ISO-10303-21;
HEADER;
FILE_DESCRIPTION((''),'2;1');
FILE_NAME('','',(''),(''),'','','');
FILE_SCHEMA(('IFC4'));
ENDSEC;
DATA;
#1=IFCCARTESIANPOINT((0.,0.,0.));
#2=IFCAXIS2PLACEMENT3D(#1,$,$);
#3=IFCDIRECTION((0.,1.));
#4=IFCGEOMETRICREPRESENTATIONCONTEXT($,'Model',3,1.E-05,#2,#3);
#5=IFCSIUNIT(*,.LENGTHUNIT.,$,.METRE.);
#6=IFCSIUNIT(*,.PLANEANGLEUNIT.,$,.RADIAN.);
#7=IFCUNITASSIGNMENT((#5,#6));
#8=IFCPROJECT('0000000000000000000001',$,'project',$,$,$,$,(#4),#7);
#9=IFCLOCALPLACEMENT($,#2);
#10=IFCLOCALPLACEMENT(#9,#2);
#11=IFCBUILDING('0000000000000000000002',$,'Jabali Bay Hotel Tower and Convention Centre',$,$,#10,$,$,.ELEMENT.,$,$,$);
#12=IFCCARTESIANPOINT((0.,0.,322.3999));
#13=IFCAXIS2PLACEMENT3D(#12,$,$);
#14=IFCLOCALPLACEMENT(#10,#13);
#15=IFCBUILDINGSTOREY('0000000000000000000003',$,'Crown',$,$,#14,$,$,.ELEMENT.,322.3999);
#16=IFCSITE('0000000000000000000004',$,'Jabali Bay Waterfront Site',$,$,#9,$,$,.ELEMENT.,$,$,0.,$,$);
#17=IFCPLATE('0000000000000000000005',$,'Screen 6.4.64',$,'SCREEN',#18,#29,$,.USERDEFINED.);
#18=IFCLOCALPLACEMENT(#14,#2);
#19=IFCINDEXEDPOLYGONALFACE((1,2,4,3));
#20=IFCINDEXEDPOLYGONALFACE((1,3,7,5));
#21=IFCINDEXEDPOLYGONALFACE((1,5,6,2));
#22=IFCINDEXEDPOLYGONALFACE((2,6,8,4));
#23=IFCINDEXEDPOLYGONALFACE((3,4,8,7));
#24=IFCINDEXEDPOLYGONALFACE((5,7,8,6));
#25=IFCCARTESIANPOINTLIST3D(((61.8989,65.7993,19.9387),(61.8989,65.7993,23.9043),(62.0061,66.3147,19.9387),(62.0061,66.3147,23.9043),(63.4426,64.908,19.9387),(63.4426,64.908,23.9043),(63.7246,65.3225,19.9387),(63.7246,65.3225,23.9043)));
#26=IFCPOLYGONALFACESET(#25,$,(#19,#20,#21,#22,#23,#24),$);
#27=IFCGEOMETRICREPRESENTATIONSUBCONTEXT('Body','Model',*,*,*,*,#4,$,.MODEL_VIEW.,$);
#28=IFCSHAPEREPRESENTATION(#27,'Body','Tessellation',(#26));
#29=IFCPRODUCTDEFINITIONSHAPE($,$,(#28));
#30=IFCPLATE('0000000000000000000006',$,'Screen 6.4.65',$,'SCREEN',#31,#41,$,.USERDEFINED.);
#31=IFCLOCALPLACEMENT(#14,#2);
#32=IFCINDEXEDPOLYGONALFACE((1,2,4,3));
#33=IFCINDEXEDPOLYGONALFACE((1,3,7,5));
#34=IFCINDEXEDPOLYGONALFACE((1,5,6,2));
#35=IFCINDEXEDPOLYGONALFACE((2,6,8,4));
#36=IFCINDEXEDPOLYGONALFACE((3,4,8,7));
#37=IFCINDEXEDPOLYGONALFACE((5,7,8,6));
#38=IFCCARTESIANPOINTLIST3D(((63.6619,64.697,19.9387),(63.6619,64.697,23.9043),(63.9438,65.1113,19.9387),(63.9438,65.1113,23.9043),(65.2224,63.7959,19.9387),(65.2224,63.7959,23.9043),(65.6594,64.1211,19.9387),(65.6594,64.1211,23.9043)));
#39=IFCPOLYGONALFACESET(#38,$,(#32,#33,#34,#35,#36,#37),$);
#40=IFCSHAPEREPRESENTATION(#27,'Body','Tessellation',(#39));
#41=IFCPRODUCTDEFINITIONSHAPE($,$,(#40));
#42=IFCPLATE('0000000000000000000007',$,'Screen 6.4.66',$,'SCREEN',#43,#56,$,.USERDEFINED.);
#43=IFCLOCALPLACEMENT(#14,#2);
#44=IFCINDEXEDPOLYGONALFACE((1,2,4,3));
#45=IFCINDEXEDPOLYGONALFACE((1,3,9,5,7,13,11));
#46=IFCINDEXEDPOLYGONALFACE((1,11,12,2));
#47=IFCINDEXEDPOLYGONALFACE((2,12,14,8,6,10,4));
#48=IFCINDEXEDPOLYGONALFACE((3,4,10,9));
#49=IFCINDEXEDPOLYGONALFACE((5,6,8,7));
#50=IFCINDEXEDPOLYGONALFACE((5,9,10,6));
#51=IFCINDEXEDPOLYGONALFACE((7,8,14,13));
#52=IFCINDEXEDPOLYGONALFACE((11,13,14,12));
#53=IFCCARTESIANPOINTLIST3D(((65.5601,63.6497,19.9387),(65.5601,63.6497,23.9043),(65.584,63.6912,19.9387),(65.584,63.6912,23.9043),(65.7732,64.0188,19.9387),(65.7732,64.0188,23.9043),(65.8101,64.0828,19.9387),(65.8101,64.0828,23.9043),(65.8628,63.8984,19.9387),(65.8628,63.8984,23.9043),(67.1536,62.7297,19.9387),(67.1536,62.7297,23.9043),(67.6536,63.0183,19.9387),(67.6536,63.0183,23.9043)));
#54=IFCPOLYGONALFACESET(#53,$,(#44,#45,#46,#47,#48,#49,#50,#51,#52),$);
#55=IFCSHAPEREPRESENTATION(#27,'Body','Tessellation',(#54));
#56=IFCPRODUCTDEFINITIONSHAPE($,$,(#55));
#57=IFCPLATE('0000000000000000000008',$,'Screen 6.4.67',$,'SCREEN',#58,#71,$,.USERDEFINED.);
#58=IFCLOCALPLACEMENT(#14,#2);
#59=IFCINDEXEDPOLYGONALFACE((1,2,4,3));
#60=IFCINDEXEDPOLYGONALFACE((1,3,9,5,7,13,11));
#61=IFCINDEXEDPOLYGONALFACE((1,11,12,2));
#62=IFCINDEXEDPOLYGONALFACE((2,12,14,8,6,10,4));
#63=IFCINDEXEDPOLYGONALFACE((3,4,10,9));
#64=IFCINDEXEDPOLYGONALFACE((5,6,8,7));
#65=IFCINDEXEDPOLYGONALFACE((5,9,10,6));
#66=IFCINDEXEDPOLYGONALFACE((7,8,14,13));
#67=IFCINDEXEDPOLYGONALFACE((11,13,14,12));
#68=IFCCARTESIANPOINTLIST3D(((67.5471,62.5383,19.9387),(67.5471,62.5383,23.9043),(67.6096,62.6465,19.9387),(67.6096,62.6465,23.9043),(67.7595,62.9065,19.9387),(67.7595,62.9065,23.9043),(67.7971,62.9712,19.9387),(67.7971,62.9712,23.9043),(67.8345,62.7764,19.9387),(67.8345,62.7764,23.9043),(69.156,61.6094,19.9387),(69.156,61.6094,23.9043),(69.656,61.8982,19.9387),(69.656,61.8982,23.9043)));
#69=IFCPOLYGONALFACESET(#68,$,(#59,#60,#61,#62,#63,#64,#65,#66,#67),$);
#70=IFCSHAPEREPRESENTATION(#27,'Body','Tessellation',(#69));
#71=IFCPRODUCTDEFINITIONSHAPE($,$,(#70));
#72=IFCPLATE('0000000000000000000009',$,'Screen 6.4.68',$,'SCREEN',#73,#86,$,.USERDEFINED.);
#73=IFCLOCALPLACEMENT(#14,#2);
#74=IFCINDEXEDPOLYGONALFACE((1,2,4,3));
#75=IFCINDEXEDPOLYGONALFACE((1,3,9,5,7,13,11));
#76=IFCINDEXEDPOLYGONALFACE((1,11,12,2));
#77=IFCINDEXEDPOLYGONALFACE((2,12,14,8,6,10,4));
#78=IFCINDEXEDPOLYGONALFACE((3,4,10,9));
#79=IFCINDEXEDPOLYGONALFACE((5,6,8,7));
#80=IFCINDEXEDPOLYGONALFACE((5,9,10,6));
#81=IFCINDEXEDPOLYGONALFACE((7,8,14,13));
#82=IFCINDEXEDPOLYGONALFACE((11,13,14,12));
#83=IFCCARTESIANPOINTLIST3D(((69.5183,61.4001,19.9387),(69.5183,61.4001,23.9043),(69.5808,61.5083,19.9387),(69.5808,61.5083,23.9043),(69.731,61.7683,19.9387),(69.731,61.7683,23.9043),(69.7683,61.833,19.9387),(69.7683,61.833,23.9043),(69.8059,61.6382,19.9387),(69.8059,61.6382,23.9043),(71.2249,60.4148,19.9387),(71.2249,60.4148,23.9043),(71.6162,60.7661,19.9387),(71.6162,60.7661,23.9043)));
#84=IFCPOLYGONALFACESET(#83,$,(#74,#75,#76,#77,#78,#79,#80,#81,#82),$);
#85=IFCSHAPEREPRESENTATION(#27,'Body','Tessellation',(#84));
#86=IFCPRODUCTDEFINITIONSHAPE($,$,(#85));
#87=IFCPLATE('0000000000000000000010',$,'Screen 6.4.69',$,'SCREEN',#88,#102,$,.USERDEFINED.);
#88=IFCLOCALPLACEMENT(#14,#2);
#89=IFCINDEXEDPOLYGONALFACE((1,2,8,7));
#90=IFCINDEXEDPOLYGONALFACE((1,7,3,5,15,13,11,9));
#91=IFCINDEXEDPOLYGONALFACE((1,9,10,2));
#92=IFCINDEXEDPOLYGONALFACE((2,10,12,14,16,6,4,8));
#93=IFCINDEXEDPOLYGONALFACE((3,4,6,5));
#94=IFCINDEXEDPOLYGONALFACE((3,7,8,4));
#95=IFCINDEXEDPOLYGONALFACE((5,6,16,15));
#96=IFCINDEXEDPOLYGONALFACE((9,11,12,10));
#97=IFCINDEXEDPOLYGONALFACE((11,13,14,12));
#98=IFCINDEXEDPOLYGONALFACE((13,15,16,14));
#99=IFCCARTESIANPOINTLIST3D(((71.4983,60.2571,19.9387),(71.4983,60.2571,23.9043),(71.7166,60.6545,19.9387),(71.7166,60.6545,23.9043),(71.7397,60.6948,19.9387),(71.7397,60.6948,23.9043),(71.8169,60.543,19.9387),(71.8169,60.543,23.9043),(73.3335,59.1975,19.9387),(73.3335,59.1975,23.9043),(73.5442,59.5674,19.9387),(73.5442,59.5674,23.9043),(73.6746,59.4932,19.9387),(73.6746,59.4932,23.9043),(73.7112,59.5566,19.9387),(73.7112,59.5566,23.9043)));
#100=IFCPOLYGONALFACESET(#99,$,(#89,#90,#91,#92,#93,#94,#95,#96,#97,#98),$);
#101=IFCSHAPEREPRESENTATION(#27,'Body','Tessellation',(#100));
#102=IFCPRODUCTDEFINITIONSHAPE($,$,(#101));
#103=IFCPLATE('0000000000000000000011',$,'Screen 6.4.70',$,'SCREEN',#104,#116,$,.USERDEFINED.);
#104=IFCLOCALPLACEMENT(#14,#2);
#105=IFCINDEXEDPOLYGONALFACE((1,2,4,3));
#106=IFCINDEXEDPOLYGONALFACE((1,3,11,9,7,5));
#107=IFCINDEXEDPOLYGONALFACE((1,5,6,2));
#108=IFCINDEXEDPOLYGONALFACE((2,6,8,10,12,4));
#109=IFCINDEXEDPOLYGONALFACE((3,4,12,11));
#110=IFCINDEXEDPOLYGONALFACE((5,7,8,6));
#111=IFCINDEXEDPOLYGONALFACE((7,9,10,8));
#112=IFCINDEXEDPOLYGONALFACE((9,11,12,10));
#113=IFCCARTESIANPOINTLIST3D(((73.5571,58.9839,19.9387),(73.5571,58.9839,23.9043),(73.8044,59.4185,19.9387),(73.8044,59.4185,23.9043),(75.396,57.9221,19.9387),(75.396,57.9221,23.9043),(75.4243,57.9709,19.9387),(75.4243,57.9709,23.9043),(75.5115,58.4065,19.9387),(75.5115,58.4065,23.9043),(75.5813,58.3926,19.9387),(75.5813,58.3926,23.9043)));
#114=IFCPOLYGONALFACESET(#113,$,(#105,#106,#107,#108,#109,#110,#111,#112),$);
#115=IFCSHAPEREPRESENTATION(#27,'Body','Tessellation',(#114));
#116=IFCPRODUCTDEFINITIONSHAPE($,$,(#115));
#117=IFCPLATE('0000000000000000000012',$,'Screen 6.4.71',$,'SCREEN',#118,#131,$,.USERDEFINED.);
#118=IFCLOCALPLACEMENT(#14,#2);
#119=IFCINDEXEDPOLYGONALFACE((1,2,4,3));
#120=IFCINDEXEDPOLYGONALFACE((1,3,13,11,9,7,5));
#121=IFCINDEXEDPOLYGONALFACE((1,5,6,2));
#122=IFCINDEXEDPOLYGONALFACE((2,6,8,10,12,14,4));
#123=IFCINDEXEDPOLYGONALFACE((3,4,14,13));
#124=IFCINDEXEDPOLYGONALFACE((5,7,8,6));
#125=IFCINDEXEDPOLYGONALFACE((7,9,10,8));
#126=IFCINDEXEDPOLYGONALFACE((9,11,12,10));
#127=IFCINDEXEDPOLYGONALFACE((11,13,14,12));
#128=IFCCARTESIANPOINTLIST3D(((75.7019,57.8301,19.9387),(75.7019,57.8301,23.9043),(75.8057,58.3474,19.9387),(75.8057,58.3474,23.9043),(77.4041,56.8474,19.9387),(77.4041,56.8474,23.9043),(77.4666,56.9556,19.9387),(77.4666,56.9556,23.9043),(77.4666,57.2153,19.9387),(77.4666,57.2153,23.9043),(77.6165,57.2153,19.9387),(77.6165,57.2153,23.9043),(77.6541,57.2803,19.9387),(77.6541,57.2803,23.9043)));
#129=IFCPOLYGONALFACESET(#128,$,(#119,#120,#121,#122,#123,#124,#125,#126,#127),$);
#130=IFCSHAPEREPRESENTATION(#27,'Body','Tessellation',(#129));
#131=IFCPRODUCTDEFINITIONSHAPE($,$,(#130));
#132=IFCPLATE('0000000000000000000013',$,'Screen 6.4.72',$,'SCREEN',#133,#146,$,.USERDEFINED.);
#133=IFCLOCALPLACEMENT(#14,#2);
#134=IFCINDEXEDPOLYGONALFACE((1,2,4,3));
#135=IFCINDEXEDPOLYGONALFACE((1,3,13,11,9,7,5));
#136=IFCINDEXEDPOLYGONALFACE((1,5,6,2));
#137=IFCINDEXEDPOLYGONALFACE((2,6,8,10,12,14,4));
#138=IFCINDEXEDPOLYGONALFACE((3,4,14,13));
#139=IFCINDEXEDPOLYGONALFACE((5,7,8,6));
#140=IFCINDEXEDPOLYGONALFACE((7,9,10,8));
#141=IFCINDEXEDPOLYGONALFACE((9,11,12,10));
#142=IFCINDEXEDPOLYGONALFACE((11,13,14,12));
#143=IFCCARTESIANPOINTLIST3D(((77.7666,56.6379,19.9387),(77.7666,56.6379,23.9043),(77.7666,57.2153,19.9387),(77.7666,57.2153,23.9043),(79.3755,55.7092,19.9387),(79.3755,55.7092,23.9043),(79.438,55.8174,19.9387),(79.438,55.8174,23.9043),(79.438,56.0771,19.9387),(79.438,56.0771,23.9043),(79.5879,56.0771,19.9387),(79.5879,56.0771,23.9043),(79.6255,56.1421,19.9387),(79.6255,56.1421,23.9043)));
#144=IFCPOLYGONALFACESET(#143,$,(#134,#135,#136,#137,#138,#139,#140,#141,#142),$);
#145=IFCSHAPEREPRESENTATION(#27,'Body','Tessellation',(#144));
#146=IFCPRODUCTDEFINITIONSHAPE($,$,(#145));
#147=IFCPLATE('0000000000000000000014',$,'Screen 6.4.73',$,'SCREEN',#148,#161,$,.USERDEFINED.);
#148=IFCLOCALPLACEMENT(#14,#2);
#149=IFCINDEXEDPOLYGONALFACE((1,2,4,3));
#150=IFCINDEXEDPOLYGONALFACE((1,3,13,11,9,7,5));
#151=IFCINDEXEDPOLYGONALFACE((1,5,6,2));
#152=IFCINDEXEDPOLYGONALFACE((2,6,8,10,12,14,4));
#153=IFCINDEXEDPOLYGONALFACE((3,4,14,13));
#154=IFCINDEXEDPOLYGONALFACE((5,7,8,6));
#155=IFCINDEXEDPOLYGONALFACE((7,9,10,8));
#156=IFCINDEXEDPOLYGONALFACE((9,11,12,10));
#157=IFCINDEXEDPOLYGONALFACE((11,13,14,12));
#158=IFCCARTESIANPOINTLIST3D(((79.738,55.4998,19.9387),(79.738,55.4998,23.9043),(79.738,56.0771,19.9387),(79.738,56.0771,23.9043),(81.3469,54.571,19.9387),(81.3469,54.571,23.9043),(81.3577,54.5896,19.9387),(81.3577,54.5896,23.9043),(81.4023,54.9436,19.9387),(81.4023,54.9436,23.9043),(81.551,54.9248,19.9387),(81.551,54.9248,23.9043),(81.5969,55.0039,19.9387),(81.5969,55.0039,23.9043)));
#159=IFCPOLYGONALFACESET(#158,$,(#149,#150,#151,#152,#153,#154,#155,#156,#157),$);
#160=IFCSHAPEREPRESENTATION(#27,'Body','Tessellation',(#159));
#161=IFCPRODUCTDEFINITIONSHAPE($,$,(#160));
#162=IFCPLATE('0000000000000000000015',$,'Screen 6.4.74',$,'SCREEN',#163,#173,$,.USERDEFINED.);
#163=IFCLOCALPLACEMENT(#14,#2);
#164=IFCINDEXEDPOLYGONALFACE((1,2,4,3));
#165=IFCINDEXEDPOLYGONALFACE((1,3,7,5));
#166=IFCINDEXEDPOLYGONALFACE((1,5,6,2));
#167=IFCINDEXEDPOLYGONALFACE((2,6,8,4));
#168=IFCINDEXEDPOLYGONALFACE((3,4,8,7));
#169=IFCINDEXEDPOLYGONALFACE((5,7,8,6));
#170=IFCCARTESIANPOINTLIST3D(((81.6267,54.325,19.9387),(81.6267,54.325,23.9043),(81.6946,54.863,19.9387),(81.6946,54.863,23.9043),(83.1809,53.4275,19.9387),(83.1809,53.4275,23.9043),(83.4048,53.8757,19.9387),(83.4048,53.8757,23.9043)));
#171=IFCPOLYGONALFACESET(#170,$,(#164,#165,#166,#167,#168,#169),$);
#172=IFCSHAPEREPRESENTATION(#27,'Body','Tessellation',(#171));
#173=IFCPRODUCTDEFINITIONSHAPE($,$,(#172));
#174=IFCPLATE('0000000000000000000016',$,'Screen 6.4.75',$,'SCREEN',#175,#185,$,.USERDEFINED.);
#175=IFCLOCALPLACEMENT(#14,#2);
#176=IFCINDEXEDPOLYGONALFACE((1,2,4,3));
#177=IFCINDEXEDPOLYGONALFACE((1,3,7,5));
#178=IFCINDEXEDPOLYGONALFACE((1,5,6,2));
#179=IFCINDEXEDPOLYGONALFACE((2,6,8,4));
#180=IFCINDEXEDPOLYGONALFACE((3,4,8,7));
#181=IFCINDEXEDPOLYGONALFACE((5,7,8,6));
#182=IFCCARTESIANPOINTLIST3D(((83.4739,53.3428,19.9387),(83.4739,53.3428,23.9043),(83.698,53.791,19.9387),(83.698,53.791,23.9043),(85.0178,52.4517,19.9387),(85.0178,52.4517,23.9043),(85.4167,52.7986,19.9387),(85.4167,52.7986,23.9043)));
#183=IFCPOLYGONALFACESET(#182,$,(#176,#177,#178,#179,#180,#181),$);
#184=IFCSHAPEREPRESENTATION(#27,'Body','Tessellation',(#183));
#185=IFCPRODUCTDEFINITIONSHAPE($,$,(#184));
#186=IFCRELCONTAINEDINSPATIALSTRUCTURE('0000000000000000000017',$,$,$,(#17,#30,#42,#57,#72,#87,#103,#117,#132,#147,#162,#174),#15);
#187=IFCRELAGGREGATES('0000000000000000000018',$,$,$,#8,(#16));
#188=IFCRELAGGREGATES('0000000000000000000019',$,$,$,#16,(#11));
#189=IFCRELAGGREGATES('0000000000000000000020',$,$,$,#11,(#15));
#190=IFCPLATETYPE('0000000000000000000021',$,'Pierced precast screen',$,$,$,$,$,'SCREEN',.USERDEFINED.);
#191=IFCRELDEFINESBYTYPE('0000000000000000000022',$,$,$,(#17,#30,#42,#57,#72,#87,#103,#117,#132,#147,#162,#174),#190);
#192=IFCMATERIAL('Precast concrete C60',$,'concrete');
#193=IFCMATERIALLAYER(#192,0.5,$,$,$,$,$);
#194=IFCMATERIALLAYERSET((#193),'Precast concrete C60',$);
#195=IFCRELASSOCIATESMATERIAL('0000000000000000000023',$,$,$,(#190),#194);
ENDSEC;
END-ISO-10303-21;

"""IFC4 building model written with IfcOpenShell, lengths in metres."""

from ifc_helpers import new_model, si_unit, direction, frame, origin, place, context, subcontext, project, spatial, polyline, outline, extrude, material, layer, layer_set, type_object, element, save


model = new_model("IFC4")

# Units and contexts
model_context = context("Model", 3, precision=1e-05, world=origin(), true_north=direction((0.0, 1.0)))
body_context = subcontext(model_context, "Body", "Model", "MODEL_VIEW")
ifc_project = project(units=[si_unit("LENGTHUNIT", "METRE"), si_unit("PLANEANGLEUNIT", "RADIAN")], contexts=[model_context])

# Site, building, storey
site_placement = place(None, origin())
site = spatial("IfcSite", under=ifc_project, at=site_placement, Name="Jabali Bay Waterfront Site", CompositionType="ELEMENT", RefElevation=0.0)
building_placement = place(site_placement, origin())
building = spatial("IfcBuilding", under=site, at=building_placement, Name="Jabali Bay Hotel Tower and Convention Centre", CompositionType="ELEMENT")
storey_placement = place(building_placement, frame((0.0, 0.0, 322.3999)))
storey = spatial("IfcBuildingStorey", under=building, at=storey_placement, Name="Crown", CompositionType="ELEMENT", Elevation=322.3999)

# Plates
ifc_material = material(Name="Precast concrete C60", Category="concrete")
ifc_layer = layer(ifc_material, 0.5)
ifc_layer_set = layer_set([ifc_layer], Name="Precast concrete C60")
plate_type = type_object("IfcPlateType", Name="Pierced precast screen", ElementType="SCREEN", PredefinedType="USERDEFINED", material=ifc_layer_set)
plate_1_placement = place(storey_placement, frame((0.0, 0.0, 19.9387)))
element("IfcPlate", 1, at=plate_1_placement, inside=storey, type_object=plate_type, Name="Screen 6.4.64", ObjectType="SCREEN", PredefinedType="USERDEFINED", context=body_context, shape_type="SweptSolid", body=[
    extrude(outline(polyline([(63.7246, 65.3225), (62.0061, 66.3147), (61.8989, 65.7993), (63.4426, 64.908), (63.7246, 65.3225)])), origin(), (0.0, 0.0, 1.0), 3.9656),
])
plate_2_placement = place(storey_placement, frame((0.0, 0.0, 19.9387)))
element("IfcPlate", 2, at=plate_2_placement, inside=storey, type_object=plate_type, Name="Screen 6.4.65", ObjectType="SCREEN", PredefinedType="USERDEFINED", context=body_context, shape_type="SweptSolid", body=[
    extrude(outline(polyline([(65.6594, 64.1211), (63.9438, 65.1113), (63.6619, 64.697), (65.2224, 63.7959), (65.6594, 64.1211)])), origin(), (0.0, 0.0, 1.0), 3.9656),
])
plate_3_placement = place(storey_placement, frame((0.0, 0.0, 19.9387)))
element("IfcPlate", 3, at=plate_3_placement, inside=storey, type_object=plate_type, Name="Screen 6.4.66", ObjectType="SCREEN", PredefinedType="USERDEFINED", context=body_context, shape_type="SweptSolid", body=[
    extrude(outline(polyline([(67.6536, 63.0183), (65.8101, 64.0828), (65.7732, 64.0188), (65.8628, 63.8984), (65.584, 63.6912), (65.5601, 63.6497), (67.1536, 62.7297), (67.6536, 63.0183)])), origin(), (0.0, 0.0, 1.0), 3.9656),
])
plate_4_placement = place(storey_placement, frame((0.0, 0.0, 19.9387)))
element("IfcPlate", 4, at=plate_4_placement, inside=storey, type_object=plate_type, Name="Screen 6.4.67", ObjectType="SCREEN", PredefinedType="USERDEFINED", context=body_context, shape_type="SweptSolid", body=[
    extrude(outline(polyline([(69.656, 61.8982), (67.7971, 62.9712), (67.7595, 62.9065), (67.8345, 62.7764), (67.6096, 62.6465), (67.5471, 62.5383), (69.156, 61.6094), (69.656, 61.8982)])), origin(), (0.0, 0.0, 1.0), 3.9656),
])
plate_5_placement = place(storey_placement, frame((0.0, 0.0, 19.9387)))
element("IfcPlate", 5, at=plate_5_placement, inside=storey, type_object=plate_type, Name="Screen 6.4.68", ObjectType="SCREEN", PredefinedType="USERDEFINED", context=body_context, shape_type="SweptSolid", body=[
    extrude(outline(polyline([(71.6162, 60.7661), (69.7683, 61.833), (69.731, 61.7683), (69.8059, 61.6382), (69.5808, 61.5083), (69.5183, 61.4001), (71.2249, 60.4148), (71.6162, 60.7661)])), origin(), (0.0, 0.0, 1.0), 3.9656),
])
plate_6_placement = place(storey_placement, frame((0.0, 0.0, 19.9387)))
element("IfcPlate", 6, at=plate_6_placement, inside=storey, type_object=plate_type, Name="Screen 6.4.69", ObjectType="SCREEN", PredefinedType="USERDEFINED", context=body_context, shape_type="SweptSolid", body=[
    extrude(outline(polyline([(73.7112, 59.5566), (71.7397, 60.6948), (71.7166, 60.6545), (71.8169, 60.543), (71.4983, 60.2571), (73.3335, 59.1975), (73.5442, 59.5674), (73.6746, 59.4932), (73.7112, 59.5566)])), origin(), (0.0, 0.0, 1.0), 3.9656),
])
plate_7_placement = place(storey_placement, frame((0.0, 0.0, 19.9387)))
element("IfcPlate", 7, at=plate_7_placement, inside=storey, type_object=plate_type, Name="Screen 6.4.70", ObjectType="SCREEN", PredefinedType="USERDEFINED", context=body_context, shape_type="SweptSolid", body=[
    extrude(outline(polyline([(75.5813, 58.3926), (73.8044, 59.4185), (73.5571, 58.9839), (75.396, 57.9221), (75.4243, 57.9709), (75.5115, 58.4065), (75.5813, 58.3926)])), origin(), (0.0, 0.0, 1.0), 3.9656),
])
plate_8_placement = place(storey_placement, frame((0.0, 0.0, 19.9387)))
element("IfcPlate", 8, at=plate_8_placement, inside=storey, type_object=plate_type, Name="Screen 6.4.71", ObjectType="SCREEN", PredefinedType="USERDEFINED", context=body_context, shape_type="SweptSolid", body=[
    extrude(outline(polyline([(77.6541, 57.2803), (75.8057, 58.3474), (75.7019, 57.8301), (77.4041, 56.8474), (77.4666, 56.9556), (77.4666, 57.2153), (77.6165, 57.2153), (77.6541, 57.2803)])), origin(), (0.0, 0.0, 1.0), 3.9656),
])
plate_9_placement = place(storey_placement, frame((0.0, 0.0, 19.9387)))
element("IfcPlate", 9, at=plate_9_placement, inside=storey, type_object=plate_type, Name="Screen 6.4.72", ObjectType="SCREEN", PredefinedType="USERDEFINED", context=body_context, shape_type="SweptSolid", body=[
    extrude(outline(polyline([(79.6255, 56.1421), (77.7666, 57.2153), (77.7666, 56.6379), (79.3755, 55.7092), (79.438, 55.8174), (79.438, 56.0771), (79.5879, 56.0771), (79.6255, 56.1421)])), origin(), (0.0, 0.0, 1.0), 3.9656),
])
plate_10_placement = place(storey_placement, frame((0.0, 0.0, 19.9387)))
element("IfcPlate", 10, at=plate_10_placement, inside=storey, type_object=plate_type, Name="Screen 6.4.73", ObjectType="SCREEN", PredefinedType="USERDEFINED", context=body_context, shape_type="SweptSolid", body=[
    extrude(outline(polyline([(81.5969, 55.0039), (79.738, 56.0771), (79.738, 55.4998), (81.3469, 54.571), (81.3577, 54.5896), (81.4023, 54.9436), (81.551, 54.9248), (81.5969, 55.0039)])), origin(), (0.0, 0.0, 1.0), 3.9656),
])
plate_11_placement = place(storey_placement, frame((0.0, 0.0, 19.9387)))
element("IfcPlate", 11, at=plate_11_placement, inside=storey, type_object=plate_type, Name="Screen 6.4.74", ObjectType="SCREEN", PredefinedType="USERDEFINED", context=body_context, shape_type="SweptSolid", body=[
    extrude(outline(polyline([(83.4048, 53.8757), (81.6946, 54.863), (81.6267, 54.325), (83.1809, 53.4275), (83.4048, 53.8757)])), origin(), (0.0, 0.0, 1.0), 3.9656),
])
plate_12_placement = place(storey_placement, frame((0.0, 0.0, 19.9387)))
element("IfcPlate", 12, at=plate_12_placement, inside=storey, type_object=plate_type, Name="Screen 6.4.75", ObjectType="SCREEN", PredefinedType="USERDEFINED", context=body_context, shape_type="SweptSolid", body=[
    extrude(outline(polyline([(85.4167, 52.7986), (83.698, 53.791), (83.4739, 53.3428), (85.0178, 52.4517), (85.4167, 52.7986)])), origin(), (0.0, 0.0, 1.0), 3.9656),
])

save(model, "model.ifc")
